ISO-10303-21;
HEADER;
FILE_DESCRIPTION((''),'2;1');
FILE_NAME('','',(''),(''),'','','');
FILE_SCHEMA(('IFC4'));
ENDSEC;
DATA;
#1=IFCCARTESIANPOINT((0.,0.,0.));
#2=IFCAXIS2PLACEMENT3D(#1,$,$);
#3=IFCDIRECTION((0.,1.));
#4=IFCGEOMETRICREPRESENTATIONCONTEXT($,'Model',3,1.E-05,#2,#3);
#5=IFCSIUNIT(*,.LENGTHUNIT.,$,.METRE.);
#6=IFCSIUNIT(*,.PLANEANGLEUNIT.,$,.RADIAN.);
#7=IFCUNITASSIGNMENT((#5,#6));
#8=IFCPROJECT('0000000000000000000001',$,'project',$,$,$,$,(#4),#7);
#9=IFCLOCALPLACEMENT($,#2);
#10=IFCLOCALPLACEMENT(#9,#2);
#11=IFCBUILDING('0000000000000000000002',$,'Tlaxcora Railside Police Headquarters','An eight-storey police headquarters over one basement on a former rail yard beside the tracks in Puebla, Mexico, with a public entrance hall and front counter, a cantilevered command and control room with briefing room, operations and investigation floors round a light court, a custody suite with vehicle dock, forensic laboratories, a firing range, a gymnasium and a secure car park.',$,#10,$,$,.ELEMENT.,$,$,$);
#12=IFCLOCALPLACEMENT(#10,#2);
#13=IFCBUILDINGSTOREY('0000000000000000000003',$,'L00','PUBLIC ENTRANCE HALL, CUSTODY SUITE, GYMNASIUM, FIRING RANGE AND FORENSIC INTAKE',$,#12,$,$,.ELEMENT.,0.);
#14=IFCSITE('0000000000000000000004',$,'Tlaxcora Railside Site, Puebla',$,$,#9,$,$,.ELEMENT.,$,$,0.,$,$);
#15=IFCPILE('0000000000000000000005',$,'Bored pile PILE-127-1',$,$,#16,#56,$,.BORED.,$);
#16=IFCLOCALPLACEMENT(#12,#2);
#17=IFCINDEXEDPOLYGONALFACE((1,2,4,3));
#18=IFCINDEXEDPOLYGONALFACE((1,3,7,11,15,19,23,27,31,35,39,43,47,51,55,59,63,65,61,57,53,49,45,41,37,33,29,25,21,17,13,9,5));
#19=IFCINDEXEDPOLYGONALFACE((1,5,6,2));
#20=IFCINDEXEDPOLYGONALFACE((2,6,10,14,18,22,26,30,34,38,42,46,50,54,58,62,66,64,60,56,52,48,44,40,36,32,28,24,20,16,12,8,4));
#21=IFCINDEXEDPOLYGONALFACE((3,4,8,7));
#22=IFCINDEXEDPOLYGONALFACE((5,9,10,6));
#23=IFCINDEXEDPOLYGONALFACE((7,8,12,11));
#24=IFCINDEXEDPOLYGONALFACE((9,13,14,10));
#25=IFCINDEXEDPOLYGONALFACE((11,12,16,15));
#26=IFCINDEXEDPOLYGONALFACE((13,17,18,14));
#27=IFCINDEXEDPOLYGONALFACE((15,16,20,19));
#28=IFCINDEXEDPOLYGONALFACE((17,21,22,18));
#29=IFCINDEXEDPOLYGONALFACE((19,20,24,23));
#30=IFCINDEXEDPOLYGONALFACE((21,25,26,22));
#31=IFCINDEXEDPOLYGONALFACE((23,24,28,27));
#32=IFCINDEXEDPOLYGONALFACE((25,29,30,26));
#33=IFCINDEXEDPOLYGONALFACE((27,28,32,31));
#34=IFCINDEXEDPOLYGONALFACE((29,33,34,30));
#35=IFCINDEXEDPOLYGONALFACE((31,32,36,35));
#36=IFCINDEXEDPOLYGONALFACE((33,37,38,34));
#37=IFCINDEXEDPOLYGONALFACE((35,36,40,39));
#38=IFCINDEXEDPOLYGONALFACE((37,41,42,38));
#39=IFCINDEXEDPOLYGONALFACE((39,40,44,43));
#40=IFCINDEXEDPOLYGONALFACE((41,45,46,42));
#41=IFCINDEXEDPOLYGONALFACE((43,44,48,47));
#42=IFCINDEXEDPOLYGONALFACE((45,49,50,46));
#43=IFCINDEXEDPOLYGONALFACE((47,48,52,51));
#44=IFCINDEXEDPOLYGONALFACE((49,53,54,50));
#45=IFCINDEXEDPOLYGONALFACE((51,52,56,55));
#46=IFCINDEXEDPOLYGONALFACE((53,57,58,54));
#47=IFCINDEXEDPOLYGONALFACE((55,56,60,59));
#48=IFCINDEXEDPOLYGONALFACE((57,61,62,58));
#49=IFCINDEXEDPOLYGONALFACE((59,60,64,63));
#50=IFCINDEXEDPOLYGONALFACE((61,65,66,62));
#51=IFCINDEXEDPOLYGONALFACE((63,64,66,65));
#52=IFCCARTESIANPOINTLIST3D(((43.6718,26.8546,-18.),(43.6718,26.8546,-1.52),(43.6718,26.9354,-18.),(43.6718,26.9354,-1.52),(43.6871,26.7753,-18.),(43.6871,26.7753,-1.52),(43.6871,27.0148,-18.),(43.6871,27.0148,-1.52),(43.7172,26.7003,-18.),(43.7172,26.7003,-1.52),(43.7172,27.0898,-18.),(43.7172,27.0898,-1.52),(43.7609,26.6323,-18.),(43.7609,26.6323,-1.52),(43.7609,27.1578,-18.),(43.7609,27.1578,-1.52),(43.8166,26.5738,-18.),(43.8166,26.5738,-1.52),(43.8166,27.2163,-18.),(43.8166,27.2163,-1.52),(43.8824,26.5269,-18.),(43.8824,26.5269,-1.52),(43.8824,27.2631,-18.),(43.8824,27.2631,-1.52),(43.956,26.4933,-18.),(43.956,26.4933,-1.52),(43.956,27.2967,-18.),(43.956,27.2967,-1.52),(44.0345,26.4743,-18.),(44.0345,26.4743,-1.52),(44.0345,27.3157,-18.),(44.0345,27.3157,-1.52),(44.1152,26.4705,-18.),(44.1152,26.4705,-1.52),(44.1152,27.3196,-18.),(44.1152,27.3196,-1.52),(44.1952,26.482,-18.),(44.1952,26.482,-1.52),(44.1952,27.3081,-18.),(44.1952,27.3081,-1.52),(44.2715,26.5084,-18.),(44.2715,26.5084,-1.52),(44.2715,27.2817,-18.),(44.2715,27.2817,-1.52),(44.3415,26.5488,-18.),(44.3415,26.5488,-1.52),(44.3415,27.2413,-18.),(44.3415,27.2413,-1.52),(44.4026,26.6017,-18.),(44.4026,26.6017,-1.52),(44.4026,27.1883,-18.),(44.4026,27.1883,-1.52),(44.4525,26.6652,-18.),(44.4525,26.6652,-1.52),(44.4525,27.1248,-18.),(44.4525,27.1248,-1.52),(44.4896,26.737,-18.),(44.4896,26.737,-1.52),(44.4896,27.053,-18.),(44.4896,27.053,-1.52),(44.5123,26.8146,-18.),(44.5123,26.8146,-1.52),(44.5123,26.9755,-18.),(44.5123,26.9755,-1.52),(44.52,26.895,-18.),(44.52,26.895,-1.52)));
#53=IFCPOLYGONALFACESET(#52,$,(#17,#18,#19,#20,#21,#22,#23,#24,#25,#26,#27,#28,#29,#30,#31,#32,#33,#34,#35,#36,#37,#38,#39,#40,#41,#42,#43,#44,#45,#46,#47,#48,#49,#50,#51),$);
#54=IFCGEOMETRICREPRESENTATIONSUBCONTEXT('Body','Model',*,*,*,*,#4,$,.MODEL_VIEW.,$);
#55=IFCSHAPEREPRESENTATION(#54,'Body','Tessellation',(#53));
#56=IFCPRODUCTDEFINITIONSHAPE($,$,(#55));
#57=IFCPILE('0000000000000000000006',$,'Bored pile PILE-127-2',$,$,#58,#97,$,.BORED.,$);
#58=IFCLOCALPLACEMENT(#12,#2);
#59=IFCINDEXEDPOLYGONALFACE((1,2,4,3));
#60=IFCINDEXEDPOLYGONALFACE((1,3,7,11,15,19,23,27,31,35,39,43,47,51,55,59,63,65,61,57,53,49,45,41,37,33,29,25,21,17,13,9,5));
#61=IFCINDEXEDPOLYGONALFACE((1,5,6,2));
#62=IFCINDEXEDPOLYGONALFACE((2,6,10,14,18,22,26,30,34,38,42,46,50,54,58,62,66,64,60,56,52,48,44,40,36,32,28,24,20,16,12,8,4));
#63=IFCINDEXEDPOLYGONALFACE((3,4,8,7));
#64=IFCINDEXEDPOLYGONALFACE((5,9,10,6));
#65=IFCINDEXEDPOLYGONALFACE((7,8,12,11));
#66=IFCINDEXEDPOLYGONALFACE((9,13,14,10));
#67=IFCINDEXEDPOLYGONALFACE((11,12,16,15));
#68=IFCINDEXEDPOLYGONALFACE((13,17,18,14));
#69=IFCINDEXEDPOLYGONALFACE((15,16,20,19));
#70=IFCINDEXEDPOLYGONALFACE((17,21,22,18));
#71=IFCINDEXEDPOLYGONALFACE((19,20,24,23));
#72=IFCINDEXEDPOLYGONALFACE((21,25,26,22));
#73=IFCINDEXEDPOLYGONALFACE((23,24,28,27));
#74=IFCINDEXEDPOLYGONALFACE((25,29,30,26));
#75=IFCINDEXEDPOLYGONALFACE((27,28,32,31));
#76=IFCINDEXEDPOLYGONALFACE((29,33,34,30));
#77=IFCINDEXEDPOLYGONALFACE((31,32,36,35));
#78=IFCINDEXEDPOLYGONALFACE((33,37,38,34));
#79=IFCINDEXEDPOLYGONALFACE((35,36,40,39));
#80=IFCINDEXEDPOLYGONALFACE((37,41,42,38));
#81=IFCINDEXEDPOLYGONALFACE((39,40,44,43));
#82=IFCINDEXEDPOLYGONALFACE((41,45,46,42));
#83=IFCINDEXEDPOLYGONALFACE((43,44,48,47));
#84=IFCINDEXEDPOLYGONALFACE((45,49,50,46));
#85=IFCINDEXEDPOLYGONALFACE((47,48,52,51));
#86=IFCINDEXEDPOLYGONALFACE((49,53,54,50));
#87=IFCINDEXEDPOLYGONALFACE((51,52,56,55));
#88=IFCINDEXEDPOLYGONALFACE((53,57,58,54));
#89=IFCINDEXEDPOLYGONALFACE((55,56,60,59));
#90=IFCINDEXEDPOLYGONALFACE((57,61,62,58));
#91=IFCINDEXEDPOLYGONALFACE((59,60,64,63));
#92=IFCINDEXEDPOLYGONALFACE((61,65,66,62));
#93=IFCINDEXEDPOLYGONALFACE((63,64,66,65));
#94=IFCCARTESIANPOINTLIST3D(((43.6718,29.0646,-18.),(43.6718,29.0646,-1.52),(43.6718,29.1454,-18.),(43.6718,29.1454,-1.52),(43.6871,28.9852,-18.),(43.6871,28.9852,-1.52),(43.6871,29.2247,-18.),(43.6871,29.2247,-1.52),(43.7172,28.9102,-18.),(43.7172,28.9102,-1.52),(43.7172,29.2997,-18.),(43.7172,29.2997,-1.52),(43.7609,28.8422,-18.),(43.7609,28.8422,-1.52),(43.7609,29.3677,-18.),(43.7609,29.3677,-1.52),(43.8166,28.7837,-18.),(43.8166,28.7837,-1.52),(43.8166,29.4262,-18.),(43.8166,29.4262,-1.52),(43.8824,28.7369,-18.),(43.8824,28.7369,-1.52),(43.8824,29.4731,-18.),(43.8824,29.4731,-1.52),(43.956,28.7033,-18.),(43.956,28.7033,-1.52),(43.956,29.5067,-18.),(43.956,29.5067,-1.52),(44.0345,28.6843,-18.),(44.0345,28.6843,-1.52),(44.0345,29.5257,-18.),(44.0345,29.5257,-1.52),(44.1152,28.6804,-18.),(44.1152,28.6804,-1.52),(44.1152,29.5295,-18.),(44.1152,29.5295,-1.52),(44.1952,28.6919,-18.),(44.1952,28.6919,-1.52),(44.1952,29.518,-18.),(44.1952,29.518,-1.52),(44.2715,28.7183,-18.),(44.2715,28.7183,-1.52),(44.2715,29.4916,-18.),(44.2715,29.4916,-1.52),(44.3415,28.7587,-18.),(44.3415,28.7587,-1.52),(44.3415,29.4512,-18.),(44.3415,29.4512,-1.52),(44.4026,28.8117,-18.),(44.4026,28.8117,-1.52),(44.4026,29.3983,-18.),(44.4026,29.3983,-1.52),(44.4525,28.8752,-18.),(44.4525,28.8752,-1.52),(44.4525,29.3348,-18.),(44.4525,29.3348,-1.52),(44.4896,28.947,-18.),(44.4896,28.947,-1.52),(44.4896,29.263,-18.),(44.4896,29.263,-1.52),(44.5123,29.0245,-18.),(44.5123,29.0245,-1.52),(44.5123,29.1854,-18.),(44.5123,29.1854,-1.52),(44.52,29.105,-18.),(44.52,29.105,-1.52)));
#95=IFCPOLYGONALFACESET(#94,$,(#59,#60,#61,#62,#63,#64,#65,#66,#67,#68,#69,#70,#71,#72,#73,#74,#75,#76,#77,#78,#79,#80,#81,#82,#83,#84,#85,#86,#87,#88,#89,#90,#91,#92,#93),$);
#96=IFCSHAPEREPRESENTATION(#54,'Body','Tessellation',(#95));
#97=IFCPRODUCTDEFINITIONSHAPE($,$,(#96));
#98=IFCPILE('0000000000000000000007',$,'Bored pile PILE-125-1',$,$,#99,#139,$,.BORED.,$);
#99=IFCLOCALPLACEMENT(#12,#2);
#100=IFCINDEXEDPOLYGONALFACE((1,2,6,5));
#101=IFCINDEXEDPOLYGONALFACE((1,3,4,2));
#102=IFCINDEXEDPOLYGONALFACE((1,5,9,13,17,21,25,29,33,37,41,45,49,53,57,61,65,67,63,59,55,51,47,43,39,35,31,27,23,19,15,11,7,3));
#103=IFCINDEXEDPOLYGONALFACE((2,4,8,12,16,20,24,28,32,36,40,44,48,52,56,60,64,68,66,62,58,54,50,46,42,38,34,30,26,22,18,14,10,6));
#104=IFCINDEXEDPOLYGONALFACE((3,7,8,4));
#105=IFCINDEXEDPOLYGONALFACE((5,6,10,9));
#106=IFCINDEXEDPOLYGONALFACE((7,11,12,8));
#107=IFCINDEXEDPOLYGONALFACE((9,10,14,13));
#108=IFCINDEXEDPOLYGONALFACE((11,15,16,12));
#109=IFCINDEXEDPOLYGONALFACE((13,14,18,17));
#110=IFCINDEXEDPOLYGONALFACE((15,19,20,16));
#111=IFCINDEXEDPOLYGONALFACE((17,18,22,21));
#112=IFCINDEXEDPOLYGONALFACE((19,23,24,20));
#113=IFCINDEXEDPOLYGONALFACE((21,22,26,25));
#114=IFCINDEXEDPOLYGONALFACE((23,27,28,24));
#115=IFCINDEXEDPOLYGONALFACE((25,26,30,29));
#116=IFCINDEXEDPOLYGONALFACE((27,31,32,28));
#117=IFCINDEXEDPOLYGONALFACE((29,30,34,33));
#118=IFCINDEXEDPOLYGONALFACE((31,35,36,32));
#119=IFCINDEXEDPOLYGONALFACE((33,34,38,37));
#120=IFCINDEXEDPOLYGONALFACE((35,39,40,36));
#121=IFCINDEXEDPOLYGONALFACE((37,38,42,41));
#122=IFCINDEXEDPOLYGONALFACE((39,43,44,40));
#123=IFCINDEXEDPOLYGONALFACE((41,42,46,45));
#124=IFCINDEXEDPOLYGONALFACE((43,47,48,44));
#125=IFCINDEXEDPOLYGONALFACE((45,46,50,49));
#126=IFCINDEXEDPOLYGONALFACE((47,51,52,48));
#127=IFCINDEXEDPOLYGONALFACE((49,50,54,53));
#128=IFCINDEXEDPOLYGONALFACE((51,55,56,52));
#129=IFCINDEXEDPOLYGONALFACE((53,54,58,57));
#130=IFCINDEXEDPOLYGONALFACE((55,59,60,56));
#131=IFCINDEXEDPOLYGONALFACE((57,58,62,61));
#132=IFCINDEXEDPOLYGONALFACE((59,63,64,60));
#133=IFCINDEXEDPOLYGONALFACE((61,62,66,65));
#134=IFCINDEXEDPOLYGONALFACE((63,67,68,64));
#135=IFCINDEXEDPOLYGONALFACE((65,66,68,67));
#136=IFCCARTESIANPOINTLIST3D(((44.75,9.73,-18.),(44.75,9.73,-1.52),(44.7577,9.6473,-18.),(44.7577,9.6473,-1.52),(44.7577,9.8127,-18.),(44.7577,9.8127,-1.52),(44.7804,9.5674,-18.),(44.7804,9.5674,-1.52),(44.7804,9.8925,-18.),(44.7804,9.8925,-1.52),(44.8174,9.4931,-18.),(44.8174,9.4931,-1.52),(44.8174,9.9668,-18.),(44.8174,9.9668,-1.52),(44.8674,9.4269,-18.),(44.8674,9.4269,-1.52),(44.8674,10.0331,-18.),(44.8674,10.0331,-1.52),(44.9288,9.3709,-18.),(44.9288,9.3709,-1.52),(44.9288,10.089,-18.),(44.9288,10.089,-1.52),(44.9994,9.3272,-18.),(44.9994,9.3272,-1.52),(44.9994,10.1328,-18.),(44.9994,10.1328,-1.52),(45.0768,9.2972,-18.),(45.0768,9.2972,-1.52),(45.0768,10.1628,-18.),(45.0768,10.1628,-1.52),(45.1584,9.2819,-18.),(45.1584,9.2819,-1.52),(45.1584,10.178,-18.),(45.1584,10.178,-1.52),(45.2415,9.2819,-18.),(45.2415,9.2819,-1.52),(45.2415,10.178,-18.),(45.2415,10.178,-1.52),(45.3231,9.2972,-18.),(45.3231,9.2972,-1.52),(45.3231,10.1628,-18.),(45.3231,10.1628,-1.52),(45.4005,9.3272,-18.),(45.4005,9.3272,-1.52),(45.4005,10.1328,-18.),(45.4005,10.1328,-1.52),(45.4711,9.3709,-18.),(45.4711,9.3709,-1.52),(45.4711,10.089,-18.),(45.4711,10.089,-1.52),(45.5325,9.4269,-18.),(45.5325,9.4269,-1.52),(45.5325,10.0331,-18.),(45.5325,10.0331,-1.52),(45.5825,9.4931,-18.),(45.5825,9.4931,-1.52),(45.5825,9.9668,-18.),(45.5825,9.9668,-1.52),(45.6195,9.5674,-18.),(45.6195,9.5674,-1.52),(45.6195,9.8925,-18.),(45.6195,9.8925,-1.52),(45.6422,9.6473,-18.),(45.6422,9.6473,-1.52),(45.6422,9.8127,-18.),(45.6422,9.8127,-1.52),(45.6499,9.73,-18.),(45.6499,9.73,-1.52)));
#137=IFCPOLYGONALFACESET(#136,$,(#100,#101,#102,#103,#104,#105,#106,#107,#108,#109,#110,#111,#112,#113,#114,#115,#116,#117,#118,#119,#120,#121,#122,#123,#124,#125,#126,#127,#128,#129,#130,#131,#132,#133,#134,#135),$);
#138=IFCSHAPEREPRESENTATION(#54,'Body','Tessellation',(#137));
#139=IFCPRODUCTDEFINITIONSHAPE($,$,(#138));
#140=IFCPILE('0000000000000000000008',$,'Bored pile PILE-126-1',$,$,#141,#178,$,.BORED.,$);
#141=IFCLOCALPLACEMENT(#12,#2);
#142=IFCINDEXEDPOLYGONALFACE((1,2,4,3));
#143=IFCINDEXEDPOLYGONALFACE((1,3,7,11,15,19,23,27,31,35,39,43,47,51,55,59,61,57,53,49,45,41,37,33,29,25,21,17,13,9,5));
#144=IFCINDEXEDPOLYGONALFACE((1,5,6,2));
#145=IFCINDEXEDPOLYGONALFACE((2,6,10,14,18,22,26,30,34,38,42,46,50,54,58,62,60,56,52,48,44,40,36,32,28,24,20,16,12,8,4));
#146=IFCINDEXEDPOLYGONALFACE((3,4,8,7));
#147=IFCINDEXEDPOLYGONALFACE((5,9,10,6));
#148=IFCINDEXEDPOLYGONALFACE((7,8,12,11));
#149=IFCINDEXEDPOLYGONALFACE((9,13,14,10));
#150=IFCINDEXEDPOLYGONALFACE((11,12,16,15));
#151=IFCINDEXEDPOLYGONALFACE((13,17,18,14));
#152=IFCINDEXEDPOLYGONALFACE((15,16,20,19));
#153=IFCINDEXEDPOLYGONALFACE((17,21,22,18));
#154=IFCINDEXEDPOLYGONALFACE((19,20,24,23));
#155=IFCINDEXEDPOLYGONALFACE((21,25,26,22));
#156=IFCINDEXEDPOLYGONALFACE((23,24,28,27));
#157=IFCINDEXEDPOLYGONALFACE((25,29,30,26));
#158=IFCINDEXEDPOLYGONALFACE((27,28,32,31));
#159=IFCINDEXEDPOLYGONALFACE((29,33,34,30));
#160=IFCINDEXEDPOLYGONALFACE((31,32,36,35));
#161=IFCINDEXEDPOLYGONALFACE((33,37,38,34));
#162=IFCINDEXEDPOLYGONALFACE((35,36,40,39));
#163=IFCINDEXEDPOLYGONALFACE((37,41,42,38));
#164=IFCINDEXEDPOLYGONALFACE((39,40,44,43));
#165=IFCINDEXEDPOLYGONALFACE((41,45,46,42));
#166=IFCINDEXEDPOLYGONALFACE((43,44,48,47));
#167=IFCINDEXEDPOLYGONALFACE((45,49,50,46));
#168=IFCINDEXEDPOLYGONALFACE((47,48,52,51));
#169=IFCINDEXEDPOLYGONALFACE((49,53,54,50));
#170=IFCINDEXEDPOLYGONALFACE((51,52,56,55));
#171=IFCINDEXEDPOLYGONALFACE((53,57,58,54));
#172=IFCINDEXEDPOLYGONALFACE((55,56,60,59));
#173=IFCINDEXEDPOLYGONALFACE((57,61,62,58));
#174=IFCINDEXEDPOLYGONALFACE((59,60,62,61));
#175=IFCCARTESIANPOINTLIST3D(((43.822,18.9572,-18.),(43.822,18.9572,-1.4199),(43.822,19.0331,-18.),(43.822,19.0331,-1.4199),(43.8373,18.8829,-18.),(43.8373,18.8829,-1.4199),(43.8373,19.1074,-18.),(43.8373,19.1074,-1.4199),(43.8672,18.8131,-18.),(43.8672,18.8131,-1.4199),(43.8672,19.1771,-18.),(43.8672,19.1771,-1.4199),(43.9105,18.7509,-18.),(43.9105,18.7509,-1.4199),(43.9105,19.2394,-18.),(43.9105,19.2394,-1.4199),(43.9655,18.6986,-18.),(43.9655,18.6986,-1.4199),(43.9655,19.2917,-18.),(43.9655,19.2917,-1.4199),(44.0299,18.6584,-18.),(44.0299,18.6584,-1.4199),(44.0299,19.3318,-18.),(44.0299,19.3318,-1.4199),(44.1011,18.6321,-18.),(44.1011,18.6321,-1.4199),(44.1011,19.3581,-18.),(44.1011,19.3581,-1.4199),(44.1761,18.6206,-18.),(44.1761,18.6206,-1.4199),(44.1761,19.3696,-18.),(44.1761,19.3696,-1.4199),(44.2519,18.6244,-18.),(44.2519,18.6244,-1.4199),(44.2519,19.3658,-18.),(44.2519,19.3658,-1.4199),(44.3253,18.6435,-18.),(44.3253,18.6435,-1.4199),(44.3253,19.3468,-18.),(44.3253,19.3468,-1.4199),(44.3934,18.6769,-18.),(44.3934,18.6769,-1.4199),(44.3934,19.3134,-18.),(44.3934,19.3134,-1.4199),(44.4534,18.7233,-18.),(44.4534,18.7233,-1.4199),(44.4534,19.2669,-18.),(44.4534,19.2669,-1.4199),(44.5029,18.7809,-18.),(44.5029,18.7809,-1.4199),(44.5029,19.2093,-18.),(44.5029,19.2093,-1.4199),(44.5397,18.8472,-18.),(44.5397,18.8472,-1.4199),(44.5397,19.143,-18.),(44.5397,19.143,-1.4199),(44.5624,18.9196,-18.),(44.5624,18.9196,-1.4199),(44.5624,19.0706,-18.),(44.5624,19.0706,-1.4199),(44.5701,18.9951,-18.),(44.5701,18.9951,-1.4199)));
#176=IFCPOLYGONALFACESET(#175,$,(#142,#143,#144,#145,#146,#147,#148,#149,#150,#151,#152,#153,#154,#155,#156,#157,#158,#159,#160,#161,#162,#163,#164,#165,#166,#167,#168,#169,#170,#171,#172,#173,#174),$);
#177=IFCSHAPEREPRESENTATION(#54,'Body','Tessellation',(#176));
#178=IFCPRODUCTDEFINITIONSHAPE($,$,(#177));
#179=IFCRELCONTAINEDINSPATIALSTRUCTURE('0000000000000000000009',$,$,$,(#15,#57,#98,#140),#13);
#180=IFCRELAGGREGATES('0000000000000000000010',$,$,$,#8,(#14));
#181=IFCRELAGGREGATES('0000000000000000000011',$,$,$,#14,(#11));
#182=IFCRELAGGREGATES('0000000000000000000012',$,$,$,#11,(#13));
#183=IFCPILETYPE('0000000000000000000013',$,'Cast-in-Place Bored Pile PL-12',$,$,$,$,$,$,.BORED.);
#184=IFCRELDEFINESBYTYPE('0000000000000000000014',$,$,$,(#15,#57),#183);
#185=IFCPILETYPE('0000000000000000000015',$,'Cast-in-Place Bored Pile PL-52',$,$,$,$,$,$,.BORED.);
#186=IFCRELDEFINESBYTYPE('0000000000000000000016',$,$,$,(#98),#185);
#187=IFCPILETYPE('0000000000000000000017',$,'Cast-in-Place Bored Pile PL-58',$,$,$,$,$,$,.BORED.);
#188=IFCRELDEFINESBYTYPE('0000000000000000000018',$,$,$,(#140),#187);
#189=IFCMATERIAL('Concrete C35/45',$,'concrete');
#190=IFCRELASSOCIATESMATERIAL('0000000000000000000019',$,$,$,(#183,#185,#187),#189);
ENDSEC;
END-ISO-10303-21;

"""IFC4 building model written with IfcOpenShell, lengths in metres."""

from ifc_helpers import new_model, si_unit, direction, frame, origin, origin_2d, place, context, subcontext, project, spatial, circle, extrude, material, material_profile, profile_set, type_object, element, save


model = new_model("IFC4")

# Units and contexts
model_context = context("Model", 3, precision=1e-05, world=origin(), true_north=direction((0.0, 1.0)))
body_context = subcontext(model_context, "Body", "Model", "MODEL_VIEW")
ifc_project = project(units=[si_unit("LENGTHUNIT", "METRE"), si_unit("PLANEANGLEUNIT", "RADIAN")], contexts=[model_context])

# Site, building, storey
site_placement = place(None, origin())
site = spatial("IfcSite", under=ifc_project, at=site_placement, Name="Tlaxcora Railside Site, Puebla", CompositionType="ELEMENT", RefElevation=0.0)
building_placement = place(site_placement, origin())
building = spatial("IfcBuilding", under=site, at=building_placement, Name="Tlaxcora Railside Police Headquarters", Description="An eight-storey police headquarters over one basement on a former rail yard beside the tracks in Puebla, Mexico, with a public entrance hall and front counter, a cantilevered command and control room with briefing room, operations and investigation floors round a light court, a custody suite with vehicle dock, forensic laboratories, a firing range, a gymnasium and a secure car park.", CompositionType="ELEMENT")
storey_placement = place(building_placement, origin())
storey = spatial("IfcBuildingStorey", under=building, at=storey_placement, Name="L00", Description="PUBLIC ENTRANCE HALL, CUSTODY SUITE, GYMNASIUM, FIRING RANGE AND FORENSIC INTAKE", CompositionType="ELEMENT", Elevation=0.0)

# Piles
ifc_material_1 = material(Name="Concrete C35/45", Category="concrete")
ifc_material_profile_1 = material_profile(ifc_material_1, circle(Radius=0.425, at=origin_2d()), Name="PILE850")
ifc_profile_set_1 = profile_set([ifc_material_profile_1], Name="Concrete C35/45")
pile_type_1 = type_object("IfcPileType", Name="Cast-in-Place Bored Pile PL-12", PredefinedType="BORED", material=ifc_profile_set_1)
for number, where, z_axis, x_axis, name in (
    (1, (44.095, 26.895, -1.52), (0.0, 0.0, -1.0), (1.0, 0.0, 0.0), "Bored pile PILE-127-1"),
    (2, (44.095, 29.105, -1.52), (0.0, 0.0, -1.0), (1.0, 0.0, 0.0), "Bored pile PILE-127-2"),
):
    element("IfcPile", number, at=place(storey_placement, frame(where, z_axis=z_axis, x_axis=x_axis)), inside=storey, type_object=pile_type_1, Name=name, PredefinedType="BORED", context=body_context, shape_type="SweptSolid", body=[
        extrude(circle(Radius=0.425, at=origin_2d()), origin(), (0.0, 0.0, 1.0), 16.48),
    ])
ifc_material_profile_2 = material_profile(ifc_material_1, circle(Radius=0.45, at=origin_2d()), Name="PILE900")
ifc_profile_set_2 = profile_set([ifc_material_profile_2], Name="Concrete C35/45")
pile_type_2 = type_object("IfcPileType", Name="Cast-in-Place Bored Pile PL-52", PredefinedType="BORED", material=ifc_profile_set_2)
pile_placement = place(storey_placement, frame((45.2, 9.73, -1.52), z_axis=(0.0, 0.0, -1.0), x_axis=(1.0, 0.0, 0.0)))
element("IfcPile", 3, at=pile_placement, inside=storey, type_object=pile_type_2, Name="Bored pile PILE-125-1", PredefinedType="BORED", context=body_context, shape_type="SweptSolid", body=[
    extrude(circle(Radius=0.45, at=origin_2d()), origin(), (0.0, 0.0, 1.0), 16.48),
])
ifc_material_profile_3 = material_profile(ifc_material_1, circle(Radius=0.375, at=origin_2d()), Name="PILE750")
ifc_profile_set_3 = profile_set([ifc_material_profile_3], Name="Concrete C35/45")
pile_type_3 = type_object("IfcPileType", Name="Cast-in-Place Bored Pile PL-58", PredefinedType="BORED", material=ifc_profile_set_3)
for number, where, z_axis, x_axis, name in (
    (4, (44.1951, 18.9951, -1.4199), (0.0, 0.0, -1.0), (1.0, 0.0, 0.0), "Bored pile PILE-126-1"),
):
    element("IfcPile", number, at=place(storey_placement, frame(where, z_axis=z_axis, x_axis=x_axis)), inside=storey, type_object=pile_type_3, Name=name, PredefinedType="BORED", context=body_context, shape_type="SweptSolid", body=[
        extrude(circle(Radius=0.375, at=origin_2d()), origin(), (0.0, 0.0, 1.0), 16.5801),
    ])

save(model, "model.ifc")
